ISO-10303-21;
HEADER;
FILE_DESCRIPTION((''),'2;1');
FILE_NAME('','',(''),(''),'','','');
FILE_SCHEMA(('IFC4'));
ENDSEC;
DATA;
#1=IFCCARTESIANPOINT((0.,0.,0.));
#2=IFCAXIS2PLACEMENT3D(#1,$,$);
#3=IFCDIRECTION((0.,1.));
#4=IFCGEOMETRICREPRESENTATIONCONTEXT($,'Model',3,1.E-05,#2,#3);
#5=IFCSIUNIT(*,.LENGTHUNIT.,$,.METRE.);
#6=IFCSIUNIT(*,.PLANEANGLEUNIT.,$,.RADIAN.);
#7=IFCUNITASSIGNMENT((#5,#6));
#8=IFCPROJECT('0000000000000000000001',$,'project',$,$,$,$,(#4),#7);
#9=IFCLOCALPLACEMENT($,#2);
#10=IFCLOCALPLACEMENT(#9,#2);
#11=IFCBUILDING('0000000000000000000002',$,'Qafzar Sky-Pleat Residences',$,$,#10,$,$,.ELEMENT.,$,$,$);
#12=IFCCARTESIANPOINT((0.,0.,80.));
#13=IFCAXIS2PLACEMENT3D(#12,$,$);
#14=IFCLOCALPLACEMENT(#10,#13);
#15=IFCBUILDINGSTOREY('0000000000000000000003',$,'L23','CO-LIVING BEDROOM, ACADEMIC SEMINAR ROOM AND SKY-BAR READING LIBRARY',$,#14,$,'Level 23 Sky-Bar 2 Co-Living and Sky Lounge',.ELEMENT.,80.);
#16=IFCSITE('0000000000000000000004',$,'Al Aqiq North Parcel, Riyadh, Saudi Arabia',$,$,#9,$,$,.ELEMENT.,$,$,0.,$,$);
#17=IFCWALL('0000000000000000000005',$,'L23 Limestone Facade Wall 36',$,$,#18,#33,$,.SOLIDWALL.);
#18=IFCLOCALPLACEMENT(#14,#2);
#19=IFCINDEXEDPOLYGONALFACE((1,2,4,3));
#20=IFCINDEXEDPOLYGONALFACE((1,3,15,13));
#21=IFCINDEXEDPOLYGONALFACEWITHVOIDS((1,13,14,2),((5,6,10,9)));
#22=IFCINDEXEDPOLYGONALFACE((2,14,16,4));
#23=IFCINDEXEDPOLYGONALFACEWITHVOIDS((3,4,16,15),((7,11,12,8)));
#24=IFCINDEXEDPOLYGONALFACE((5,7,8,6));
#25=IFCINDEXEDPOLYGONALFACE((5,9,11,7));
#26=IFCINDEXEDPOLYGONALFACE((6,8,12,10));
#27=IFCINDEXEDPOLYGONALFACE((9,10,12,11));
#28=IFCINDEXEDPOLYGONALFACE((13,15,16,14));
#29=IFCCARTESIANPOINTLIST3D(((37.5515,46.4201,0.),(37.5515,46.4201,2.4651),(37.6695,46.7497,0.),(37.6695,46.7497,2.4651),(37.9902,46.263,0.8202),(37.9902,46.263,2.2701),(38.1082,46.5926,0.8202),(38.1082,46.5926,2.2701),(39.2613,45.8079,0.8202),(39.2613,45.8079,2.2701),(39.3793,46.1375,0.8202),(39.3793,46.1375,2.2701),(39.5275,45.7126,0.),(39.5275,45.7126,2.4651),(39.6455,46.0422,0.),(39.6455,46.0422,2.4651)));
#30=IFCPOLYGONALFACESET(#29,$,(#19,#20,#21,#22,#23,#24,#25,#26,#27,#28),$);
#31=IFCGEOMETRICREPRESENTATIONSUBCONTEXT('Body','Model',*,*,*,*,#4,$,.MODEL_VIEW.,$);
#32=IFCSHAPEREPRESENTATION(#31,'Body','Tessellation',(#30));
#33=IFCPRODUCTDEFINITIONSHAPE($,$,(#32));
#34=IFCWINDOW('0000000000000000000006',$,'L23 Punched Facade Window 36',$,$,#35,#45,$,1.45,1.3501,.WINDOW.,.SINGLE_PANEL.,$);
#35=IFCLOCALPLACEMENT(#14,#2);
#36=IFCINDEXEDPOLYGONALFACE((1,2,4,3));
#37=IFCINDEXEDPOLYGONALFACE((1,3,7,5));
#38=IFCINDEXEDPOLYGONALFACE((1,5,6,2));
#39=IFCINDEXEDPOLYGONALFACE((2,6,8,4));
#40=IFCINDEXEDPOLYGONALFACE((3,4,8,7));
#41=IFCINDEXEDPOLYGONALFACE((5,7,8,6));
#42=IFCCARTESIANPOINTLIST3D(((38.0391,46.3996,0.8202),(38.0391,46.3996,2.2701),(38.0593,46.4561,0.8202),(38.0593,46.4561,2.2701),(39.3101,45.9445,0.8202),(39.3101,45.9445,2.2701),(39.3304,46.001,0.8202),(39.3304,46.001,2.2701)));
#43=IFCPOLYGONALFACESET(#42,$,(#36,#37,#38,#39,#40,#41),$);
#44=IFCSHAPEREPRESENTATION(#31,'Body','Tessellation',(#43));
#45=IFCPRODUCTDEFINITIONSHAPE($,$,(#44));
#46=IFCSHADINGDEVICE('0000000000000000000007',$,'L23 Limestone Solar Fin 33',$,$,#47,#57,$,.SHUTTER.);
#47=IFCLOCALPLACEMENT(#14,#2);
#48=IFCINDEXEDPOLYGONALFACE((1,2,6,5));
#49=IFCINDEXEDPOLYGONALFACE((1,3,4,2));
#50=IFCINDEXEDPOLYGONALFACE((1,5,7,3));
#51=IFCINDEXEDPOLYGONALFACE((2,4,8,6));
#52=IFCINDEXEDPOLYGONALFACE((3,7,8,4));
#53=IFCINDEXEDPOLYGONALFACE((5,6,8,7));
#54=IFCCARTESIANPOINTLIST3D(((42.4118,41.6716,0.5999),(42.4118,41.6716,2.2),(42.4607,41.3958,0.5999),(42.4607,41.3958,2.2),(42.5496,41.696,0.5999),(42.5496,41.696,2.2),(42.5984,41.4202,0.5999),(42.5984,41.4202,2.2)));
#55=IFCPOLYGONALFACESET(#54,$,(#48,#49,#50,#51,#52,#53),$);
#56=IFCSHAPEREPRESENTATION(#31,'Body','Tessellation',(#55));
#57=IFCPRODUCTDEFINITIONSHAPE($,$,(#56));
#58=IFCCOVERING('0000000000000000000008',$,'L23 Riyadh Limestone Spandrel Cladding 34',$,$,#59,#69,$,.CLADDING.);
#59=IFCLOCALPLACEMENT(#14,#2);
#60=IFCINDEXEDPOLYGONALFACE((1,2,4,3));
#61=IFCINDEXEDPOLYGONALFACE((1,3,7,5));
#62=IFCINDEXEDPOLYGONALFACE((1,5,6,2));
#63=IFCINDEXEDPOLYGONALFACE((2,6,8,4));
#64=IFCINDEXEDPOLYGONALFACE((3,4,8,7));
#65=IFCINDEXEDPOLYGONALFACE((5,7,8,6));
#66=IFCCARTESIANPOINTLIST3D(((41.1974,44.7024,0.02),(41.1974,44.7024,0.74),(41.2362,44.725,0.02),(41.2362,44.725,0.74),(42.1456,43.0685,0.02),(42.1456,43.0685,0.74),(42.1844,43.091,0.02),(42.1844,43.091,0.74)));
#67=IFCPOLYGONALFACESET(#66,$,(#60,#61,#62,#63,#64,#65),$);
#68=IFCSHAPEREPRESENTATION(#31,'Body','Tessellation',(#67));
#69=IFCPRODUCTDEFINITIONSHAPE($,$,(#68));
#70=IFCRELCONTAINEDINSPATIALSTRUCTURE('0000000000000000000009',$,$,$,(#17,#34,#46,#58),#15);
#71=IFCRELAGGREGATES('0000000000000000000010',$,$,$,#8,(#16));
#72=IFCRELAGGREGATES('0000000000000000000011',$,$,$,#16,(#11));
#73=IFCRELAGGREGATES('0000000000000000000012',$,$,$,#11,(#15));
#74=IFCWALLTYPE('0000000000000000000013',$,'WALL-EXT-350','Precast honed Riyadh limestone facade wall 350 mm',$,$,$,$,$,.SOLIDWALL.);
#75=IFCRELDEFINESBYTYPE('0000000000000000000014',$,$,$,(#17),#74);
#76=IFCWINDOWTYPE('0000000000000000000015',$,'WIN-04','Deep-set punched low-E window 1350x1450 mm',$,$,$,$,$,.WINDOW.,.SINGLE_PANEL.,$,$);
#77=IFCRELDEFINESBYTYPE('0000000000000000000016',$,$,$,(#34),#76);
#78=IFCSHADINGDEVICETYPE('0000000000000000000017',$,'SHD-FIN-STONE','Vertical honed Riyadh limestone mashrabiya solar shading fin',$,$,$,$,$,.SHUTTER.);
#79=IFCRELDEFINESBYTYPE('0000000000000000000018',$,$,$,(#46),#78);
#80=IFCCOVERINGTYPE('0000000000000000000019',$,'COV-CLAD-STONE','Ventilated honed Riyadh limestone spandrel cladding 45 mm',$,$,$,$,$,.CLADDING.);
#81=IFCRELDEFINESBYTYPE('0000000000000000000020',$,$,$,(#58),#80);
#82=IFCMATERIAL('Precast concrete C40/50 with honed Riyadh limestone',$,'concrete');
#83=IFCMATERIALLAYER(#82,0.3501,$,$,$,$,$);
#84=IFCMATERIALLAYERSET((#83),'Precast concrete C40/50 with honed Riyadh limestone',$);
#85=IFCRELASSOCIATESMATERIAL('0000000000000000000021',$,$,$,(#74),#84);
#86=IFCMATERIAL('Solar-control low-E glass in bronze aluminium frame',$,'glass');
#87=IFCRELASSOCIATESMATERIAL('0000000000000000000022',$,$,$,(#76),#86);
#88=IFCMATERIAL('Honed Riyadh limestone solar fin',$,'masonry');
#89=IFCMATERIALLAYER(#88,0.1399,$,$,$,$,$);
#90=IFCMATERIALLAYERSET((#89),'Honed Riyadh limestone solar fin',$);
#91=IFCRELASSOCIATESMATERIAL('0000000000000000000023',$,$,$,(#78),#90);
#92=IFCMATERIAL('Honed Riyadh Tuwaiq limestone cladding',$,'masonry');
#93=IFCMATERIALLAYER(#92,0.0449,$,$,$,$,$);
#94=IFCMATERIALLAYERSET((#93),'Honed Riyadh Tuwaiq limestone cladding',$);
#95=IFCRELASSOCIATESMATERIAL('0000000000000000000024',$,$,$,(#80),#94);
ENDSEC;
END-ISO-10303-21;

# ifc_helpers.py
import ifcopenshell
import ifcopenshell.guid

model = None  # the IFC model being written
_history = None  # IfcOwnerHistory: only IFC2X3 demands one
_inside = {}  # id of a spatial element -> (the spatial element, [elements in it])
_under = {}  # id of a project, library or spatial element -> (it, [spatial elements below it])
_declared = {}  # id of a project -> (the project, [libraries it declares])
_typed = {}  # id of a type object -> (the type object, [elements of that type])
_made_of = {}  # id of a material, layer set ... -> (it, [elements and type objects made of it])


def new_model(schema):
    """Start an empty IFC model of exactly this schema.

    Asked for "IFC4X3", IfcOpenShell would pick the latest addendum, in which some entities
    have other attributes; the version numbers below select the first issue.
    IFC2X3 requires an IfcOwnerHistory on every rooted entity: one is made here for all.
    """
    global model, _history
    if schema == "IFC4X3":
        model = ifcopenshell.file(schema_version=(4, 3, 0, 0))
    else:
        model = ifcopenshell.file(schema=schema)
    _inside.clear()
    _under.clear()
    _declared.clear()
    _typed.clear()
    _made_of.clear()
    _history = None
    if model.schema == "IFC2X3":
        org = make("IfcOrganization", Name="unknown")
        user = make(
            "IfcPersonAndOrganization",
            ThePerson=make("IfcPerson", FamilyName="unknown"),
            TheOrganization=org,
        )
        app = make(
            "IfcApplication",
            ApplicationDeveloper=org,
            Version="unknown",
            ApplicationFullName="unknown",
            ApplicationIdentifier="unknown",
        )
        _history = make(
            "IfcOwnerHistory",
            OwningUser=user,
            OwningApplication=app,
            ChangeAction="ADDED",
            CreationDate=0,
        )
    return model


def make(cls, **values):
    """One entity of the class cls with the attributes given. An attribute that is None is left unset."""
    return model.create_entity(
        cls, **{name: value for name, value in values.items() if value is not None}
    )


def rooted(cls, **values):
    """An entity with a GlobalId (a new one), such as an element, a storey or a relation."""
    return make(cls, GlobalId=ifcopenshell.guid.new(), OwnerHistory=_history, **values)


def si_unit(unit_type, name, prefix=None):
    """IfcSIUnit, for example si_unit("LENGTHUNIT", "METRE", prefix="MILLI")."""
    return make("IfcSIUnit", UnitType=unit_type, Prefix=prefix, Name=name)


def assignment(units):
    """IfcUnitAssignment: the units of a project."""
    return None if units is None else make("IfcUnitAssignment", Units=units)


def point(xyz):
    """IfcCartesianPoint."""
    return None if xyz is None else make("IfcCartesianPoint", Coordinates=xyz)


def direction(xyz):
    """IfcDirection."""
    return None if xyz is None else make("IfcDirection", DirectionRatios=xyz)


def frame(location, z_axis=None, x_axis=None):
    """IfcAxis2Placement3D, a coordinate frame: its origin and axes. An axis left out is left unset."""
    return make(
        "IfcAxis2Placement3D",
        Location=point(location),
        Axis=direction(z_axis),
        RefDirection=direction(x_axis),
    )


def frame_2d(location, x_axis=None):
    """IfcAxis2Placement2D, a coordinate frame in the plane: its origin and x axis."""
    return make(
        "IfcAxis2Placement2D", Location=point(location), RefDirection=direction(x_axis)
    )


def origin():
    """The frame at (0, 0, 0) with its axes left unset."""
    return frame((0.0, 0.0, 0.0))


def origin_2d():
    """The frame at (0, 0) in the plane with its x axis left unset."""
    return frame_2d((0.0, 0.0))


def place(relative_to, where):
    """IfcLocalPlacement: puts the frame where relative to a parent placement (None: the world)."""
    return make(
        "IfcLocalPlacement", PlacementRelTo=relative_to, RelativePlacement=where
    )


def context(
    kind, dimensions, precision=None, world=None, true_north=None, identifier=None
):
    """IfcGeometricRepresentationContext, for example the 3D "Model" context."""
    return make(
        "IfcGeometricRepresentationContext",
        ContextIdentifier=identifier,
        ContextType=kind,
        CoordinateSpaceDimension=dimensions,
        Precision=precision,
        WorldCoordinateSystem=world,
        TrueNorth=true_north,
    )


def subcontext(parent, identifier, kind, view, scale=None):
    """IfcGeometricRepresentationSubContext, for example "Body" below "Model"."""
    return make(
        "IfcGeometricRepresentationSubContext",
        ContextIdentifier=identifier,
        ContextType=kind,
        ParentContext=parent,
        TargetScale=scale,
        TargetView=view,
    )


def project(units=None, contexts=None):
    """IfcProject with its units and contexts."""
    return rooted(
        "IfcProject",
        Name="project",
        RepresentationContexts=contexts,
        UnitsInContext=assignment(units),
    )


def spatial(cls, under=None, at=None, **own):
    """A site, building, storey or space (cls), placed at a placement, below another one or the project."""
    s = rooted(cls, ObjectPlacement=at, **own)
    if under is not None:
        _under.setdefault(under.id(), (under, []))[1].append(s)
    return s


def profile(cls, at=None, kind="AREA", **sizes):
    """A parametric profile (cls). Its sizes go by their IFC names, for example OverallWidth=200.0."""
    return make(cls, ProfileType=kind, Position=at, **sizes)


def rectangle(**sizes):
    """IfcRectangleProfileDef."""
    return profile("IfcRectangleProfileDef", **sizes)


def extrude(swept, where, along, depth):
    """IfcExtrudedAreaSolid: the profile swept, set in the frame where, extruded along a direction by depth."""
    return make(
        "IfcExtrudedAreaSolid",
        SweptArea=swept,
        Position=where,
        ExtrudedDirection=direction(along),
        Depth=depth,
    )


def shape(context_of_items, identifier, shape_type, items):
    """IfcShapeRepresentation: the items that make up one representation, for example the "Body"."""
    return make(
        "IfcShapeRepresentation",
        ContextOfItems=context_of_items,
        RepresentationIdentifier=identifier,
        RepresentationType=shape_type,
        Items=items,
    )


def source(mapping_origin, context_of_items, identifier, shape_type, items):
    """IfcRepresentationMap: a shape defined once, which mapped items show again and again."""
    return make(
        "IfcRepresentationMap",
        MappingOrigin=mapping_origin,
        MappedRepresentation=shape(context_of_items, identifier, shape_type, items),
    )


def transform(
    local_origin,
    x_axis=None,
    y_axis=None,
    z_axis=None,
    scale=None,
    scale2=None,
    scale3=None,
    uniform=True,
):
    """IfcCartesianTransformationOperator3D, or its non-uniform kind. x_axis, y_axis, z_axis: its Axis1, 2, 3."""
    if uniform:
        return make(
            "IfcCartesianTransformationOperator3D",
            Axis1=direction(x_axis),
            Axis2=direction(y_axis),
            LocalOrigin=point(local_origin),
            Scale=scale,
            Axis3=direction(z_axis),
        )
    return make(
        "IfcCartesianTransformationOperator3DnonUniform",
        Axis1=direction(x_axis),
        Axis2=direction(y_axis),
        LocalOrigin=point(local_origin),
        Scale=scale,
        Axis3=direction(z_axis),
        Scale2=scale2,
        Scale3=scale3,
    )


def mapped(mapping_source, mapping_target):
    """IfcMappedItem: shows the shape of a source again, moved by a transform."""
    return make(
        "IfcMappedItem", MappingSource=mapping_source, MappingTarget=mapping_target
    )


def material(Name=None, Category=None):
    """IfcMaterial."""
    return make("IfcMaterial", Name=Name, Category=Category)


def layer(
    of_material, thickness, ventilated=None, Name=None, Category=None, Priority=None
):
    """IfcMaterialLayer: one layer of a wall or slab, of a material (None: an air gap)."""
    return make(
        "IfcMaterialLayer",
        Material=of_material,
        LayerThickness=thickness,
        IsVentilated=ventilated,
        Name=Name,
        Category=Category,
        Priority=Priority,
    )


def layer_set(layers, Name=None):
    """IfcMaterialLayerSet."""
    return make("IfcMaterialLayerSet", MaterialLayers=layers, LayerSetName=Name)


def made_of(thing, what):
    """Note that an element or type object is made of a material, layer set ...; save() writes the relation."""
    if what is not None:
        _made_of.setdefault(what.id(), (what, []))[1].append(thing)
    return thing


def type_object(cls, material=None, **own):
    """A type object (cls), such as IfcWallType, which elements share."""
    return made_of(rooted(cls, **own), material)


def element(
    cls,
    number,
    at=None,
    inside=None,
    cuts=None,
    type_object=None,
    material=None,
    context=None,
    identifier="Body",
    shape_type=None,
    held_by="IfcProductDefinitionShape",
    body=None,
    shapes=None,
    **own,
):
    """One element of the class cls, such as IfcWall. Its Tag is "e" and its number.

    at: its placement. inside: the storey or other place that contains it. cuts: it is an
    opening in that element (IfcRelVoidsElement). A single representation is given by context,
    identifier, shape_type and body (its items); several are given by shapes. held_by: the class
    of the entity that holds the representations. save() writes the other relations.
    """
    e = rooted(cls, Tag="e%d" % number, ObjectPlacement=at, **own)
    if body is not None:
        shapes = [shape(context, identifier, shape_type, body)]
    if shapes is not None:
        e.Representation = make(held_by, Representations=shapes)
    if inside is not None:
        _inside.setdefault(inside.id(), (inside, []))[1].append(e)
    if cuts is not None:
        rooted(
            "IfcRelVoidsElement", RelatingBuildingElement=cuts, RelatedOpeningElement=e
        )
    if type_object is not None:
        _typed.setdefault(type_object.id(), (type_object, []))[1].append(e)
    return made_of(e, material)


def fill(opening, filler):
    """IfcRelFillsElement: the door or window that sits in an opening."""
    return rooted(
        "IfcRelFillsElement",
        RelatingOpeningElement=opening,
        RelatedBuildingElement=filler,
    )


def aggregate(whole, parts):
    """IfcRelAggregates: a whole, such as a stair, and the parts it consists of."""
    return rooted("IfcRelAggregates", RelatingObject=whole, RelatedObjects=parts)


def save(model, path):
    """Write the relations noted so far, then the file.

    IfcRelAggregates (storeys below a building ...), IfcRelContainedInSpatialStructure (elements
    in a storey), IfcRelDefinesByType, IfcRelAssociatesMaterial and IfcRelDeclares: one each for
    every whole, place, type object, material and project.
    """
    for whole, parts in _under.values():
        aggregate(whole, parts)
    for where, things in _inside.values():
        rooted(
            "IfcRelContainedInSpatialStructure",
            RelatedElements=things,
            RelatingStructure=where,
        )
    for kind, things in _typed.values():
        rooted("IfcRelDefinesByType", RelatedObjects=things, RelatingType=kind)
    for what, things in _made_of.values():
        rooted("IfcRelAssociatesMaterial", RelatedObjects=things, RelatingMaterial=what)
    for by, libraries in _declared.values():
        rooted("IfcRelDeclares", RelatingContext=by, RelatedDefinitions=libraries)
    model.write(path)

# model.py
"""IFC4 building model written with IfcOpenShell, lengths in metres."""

from ifc_helpers import new_model, si_unit, direction, frame, frame_2d, origin, origin_2d, place, context, subcontext, project, spatial, rectangle, extrude, source, transform, mapped, material, layer, layer_set, type_object, element, fill, save


model = new_model("IFC4")

# Units and contexts
model_context = context("Model", 3, precision=1e-05, world=origin(), true_north=direction((0.0, 1.0)))
body_context = subcontext(model_context, "Body", "Model", "MODEL_VIEW")
ifc_project = project(units=[si_unit("LENGTHUNIT", "METRE"), si_unit("PLANEANGLEUNIT", "RADIAN")], contexts=[model_context])

# Site, building, storey
site_placement = place(None, origin())
site = spatial("IfcSite", under=ifc_project, at=site_placement, Name="Al Aqiq North Parcel, Riyadh, Saudi Arabia", CompositionType="ELEMENT", RefElevation=0.0)
building_placement = place(site_placement, origin())
building = spatial("IfcBuilding", under=site, at=building_placement, Name="Qafzar Sky-Pleat Residences", CompositionType="ELEMENT")
storey_placement = place(building_placement, frame((0.0, 0.0, 80.0)))
storey = spatial("IfcBuildingStorey", under=building, at=storey_placement, Name="L23", Description="CO-LIVING BEDROOM, ACADEMIC SEMINAR ROOM AND SKY-BAR READING LIBRARY", LongName="Level 23 Sky-Bar 2 Co-Living and Sky Lounge", CompositionType="ELEMENT", Elevation=80.0)

# Wall, opening, window
ifc_material_1 = material(Name="Precast concrete C40/50 with honed Riyadh limestone", Category="concrete")
ifc_layer_1 = layer(ifc_material_1, 0.3501)
ifc_layer_set_1 = layer_set([ifc_layer_1], Name="Precast concrete C40/50 with honed Riyadh limestone")
wall_type_1 = type_object("IfcWallType", Name="WALL-EXT-350", Description="Precast honed Riyadh limestone facade wall 350 mm", PredefinedType="SOLIDWALL", material=ifc_layer_set_1)
ifc_material_2 = material(Name="Solar-control low-E glass in bronze aluminium frame", Category="glass")
wall_1_placement = place(storey_placement, frame((39.5864, 45.8774, 0.0), z_axis=(0.0, 0.0, 1.0), x_axis=(-0.941473, 0.337088, 0.0)))
wall_1 = element("IfcWall", 1, at=wall_1_placement, inside=storey, type_object=wall_type_1, Name="L23 Limestone Facade Wall 36", PredefinedType="SOLIDWALL", context=body_context, shape_type="SweptSolid", body=[
    extrude(rectangle(XDim=2.0989, YDim=0.3501, at=frame_2d((1.0493, 0.0))), origin(), (0.0, 0.0, 1.0), 2.4651),
])
opening_1_placement = place(wall_1_placement, frame((0.2827, 0.0, 0.8201)))
opening_1 = element("IfcOpeningElement", 2, at=opening_1_placement, cuts=wall_1, PredefinedType="OPENING", context=body_context, shape_type="SweptSolid", body=[
    extrude(rectangle(XDim=1.3501, YDim=1.45, at=frame_2d((0.675, 0.7251))), frame((0.0, 0.1851, 0.0), z_axis=(0.0, -1.0, 0.0), x_axis=(1.0, 0.0, 0.0)), (0.0, 0.0, 1.0), 0.3701),
])
window_type_1 = type_object("IfcWindowType", Name="WIN-04", Description="Deep-set punched low-E window 1350x1450 mm", PartitioningType="SINGLE_PANEL", PredefinedType="WINDOW", material=ifc_material_2)
shared_shape_1 = source(origin(), body_context, "Body", "SweptSolid", [
    extrude(rectangle(XDim=1.3501, YDim=1.45, at=frame_2d((0.675, 0.7251))), frame((0.0, 0.03, 0.0), z_axis=(0.0, -1.0, 0.0), x_axis=(1.0, 0.0, 0.0)), (0.0, 0.0, 1.0), 0.0601),
])
window_1_placement = place(opening_1_placement, origin())
window_1 = element("IfcWindow", 3, at=window_1_placement, inside=storey, type_object=window_type_1, Name="L23 Punched Facade Window 36", OverallHeight=1.45, OverallWidth=1.3501, PartitioningType="SINGLE_PANEL", PredefinedType="WINDOW", context=body_context, shape_type="MappedRepresentation", body=[
    mapped(shared_shape_1, transform((0.0, 0.0, 0.0), x_axis=(1.0, 0.0, 0.0), y_axis=(0.0, 1.0, 0.0), z_axis=(0.0, 0.0, 1.0), scale=1.0)),
])
fill(opening_1, window_1)

# Shading device
ifc_material_3 = material(Name="Honed Riyadh limestone solar fin", Category="masonry")
ifc_layer_2 = layer(ifc_material_3, 0.1399)
ifc_layer_set_2 = layer_set([ifc_layer_2], Name="Honed Riyadh limestone solar fin")
shading_device_type = type_object("IfcShadingDeviceType", Name="SHD-FIN-STONE", Description="Vertical honed Riyadh limestone mashrabiya solar shading fin", PredefinedType="SHUTTER", material=ifc_layer_set_2)
shared_shape_2 = source(origin(), body_context, "Body", "SweptSolid", [
    extrude(rectangle(XDim=0.1399, YDim=0.28, at=origin_2d()), origin(), (0.0, 0.0, 1.0), 1.6001),
])
shading_device_placement = place(storey_placement, frame((42.5051, 41.5459, 0.5999), z_axis=(0.0, 0.0, 1.0), x_axis=(0.984674, 0.174403, 0.0)))
element("IfcShadingDevice", 4, at=shading_device_placement, inside=storey, type_object=shading_device_type, Name="L23 Limestone Solar Fin 33", PredefinedType="SHUTTER", context=body_context, shape_type="MappedRepresentation", body=[
    mapped(shared_shape_2, transform((0.0, 0.0, 0.0), x_axis=(1.0, 0.0, 0.0), y_axis=(0.0, 1.0, 0.0), z_axis=(0.0, 0.0, 1.0), scale=1.0)),
])

# Covering
ifc_material_4 = material(Name="Honed Riyadh Tuwaiq limestone cladding", Category="masonry")
ifc_layer_3 = layer(ifc_material_4, 0.0449)
ifc_layer_set_3 = layer_set([ifc_layer_3], Name="Honed Riyadh Tuwaiq limestone cladding")
covering_type = type_object("IfcCoveringType", Name="COV-CLAD-STONE", Description="Ventilated honed Riyadh limestone spandrel cladding 45 mm", PredefinedType="CLADDING", material=ifc_layer_set_3)
shared_shape_3 = source(origin(), body_context, "Body", "SweptSolid", [
    extrude(rectangle(XDim=1.8892, YDim=0.0449, at=origin_2d()), origin(), (0.0, 0.0, 1.0), 0.72),
])
covering_placement = place(storey_placement, frame((41.6909, 43.8967, 0.02), z_axis=(0.0, 0.0, 1.0), x_axis=(-0.501921, 0.864914, 0.0)))
element("IfcCovering", 5, at=covering_placement, inside=storey, type_object=covering_type, Name="L23 Riyadh Limestone Spandrel Cladding 34", PredefinedType="CLADDING", context=body_context, shape_type="MappedRepresentation", body=[
    mapped(shared_shape_3, transform((0.0, 0.0, 0.0), x_axis=(1.0, 0.0, 0.0), y_axis=(0.0, 1.0, 0.0), z_axis=(0.0, 0.0, 1.0), scale=1.0)),
])

save(model, "model.ifc")
